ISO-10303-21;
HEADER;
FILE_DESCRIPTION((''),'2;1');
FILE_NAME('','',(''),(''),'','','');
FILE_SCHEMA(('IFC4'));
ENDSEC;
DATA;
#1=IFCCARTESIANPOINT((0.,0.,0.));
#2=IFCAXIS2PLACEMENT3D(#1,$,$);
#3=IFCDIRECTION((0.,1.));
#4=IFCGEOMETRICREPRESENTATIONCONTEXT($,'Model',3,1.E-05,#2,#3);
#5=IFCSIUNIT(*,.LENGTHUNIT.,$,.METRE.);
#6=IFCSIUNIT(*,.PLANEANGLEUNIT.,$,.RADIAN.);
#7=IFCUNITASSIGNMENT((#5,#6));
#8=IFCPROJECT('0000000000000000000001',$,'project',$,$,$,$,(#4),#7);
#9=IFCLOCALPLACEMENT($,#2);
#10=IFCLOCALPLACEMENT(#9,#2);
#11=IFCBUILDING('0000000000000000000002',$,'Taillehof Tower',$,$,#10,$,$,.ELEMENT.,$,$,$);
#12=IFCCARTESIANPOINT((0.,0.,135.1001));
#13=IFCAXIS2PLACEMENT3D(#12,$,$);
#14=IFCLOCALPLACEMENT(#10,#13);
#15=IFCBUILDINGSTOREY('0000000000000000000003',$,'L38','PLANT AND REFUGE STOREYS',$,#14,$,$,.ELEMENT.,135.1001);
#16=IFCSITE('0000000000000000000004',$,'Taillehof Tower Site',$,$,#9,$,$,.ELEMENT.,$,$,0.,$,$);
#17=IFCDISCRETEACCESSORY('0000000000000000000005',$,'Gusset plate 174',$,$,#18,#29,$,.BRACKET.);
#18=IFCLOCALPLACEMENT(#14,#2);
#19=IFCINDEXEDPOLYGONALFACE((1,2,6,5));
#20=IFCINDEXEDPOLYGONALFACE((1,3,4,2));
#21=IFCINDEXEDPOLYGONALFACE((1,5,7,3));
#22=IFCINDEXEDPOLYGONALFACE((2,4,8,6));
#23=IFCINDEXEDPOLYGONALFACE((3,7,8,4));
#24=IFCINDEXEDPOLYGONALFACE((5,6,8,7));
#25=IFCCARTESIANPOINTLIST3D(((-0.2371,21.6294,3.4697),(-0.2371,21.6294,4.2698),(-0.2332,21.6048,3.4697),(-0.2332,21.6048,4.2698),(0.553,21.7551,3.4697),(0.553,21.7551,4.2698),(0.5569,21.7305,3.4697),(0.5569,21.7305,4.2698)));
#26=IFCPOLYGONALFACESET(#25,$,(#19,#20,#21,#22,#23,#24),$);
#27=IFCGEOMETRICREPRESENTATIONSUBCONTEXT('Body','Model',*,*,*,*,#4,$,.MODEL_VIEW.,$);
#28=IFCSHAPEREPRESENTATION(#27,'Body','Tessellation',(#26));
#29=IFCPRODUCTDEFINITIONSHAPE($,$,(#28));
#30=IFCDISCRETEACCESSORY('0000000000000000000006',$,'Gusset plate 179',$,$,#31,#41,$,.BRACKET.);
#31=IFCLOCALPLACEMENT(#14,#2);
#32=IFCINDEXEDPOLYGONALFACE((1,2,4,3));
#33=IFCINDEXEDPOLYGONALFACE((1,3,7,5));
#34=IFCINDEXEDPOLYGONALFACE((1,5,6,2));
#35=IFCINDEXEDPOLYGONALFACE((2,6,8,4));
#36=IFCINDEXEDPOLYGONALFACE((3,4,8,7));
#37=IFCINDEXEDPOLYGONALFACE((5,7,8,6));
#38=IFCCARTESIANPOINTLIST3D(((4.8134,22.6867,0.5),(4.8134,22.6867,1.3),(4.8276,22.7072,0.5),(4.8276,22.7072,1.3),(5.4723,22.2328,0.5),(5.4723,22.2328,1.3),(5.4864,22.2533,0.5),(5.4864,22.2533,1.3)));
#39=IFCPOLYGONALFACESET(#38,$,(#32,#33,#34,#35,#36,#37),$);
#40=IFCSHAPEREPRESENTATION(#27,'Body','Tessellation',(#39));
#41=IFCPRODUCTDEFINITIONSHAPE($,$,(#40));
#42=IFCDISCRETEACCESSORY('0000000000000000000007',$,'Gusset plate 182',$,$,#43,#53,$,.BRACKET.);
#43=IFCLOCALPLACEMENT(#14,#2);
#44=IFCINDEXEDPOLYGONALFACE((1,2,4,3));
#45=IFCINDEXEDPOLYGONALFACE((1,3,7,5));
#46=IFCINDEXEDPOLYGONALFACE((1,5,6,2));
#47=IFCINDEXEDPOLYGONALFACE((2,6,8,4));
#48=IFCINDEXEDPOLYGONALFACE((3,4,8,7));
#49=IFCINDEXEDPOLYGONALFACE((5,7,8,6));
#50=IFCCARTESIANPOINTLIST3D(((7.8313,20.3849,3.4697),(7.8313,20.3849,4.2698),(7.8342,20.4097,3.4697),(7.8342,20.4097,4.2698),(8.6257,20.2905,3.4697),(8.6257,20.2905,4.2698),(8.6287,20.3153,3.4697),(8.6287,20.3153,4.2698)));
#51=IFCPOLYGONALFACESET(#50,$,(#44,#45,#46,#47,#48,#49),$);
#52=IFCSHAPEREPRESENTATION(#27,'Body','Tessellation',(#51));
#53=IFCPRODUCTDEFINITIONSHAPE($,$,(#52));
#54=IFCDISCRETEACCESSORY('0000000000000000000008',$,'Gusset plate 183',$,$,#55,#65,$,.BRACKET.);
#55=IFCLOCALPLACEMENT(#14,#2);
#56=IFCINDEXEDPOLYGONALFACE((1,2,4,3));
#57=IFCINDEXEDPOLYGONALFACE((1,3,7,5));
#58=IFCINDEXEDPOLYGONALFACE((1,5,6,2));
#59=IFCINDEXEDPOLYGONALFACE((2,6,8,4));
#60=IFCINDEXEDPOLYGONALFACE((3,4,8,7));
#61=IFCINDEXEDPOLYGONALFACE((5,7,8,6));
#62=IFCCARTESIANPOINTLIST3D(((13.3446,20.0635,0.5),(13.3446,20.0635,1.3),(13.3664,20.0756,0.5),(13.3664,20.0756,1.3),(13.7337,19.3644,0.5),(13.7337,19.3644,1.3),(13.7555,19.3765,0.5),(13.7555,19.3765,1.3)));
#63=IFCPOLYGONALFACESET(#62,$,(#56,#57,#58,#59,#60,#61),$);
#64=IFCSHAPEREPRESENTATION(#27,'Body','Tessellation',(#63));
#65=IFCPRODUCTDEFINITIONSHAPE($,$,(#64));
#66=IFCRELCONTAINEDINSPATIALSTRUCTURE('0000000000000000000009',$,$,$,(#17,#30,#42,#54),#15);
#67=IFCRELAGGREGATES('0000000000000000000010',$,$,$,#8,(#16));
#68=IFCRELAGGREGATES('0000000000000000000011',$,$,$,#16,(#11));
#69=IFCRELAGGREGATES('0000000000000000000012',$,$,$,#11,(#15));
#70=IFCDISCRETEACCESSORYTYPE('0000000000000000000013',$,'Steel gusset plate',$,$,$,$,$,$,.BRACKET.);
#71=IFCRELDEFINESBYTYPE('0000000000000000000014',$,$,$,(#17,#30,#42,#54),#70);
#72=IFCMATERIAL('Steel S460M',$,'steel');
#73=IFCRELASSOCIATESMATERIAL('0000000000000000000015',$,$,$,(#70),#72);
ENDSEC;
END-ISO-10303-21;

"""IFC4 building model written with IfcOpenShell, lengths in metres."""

from ifc_helpers import new_model, si_unit, direction, frame, origin, origin_2d, place, context, subcontext, project, spatial, rectangle, extrude, material, type_object, element, save


model = new_model("IFC4")

# Units and contexts
model_context = context("Model", 3, precision=1e-05, world=origin(), true_north=direction((0.0, 1.0)))
body_context = subcontext(model_context, "Body", "Model", "MODEL_VIEW")
ifc_project = project(units=[si_unit("LENGTHUNIT", "METRE"), si_unit("PLANEANGLEUNIT", "RADIAN")], contexts=[model_context])

# Site, building, storey
site_placement = place(None, origin())
site = spatial("IfcSite", under=ifc_project, at=site_placement, Name="Taillehof Tower Site", CompositionType="ELEMENT", RefElevation=0.0)
building_placement = place(site_placement, origin())
building = spatial("IfcBuilding", under=site, at=building_placement, Name="Taillehof Tower", CompositionType="ELEMENT")
storey_placement = place(building_placement, frame((0.0, 0.0, 135.1001)))
storey = spatial("IfcBuildingStorey", under=building, at=storey_placement, Name="L38", Description="PLANT AND REFUGE STOREYS", CompositionType="ELEMENT", Elevation=135.1001)

# Discrete accessories
ifc_material_1 = material(Name="Steel S460M", Category="steel")
discrete_accessory_type = type_object("IfcDiscreteAccessoryType", Name="Steel gusset plate", PredefinedType="BRACKET", material=ifc_material_1)
for number, where, z_axis, x_axis, name in (
    (1, (0.1599, 21.6799, 3.4697), (0.0, 0.0, 1.0), (-0.987577, -0.157134, 0.0), "Gusset plate 174"),
    (2, (5.1499, 22.47, 0.5), (0.0, 0.0, 1.0), (-0.823481, 0.567344, 0.0), "Gusset plate 179"),
    (3, (8.23, 20.3501, 3.4697), (0.0, 0.0, 1.0), (-0.993017, 0.117974, 0.0), "Gusset plate 182"),
    (4, (13.55, 19.72, 0.5), (0.0, 0.0, 1.0), (-0.486302, 0.873791, 0.0), "Gusset plate 183"),
):
    element("IfcDiscreteAccessory", number, at=place(storey_placement, frame(where, z_axis=z_axis, x_axis=x_axis)), inside=storey, type_object=discrete_accessory_type, Name=name, PredefinedType="BRACKET", context=body_context, shape_type="SweptSolid", body=[
        extrude(rectangle(XDim=0.8, YDim=0.0249, at=origin_2d()), origin(), (0.0, 0.0, 1.0), 0.8),
    ])

save(model, "model.ifc")
